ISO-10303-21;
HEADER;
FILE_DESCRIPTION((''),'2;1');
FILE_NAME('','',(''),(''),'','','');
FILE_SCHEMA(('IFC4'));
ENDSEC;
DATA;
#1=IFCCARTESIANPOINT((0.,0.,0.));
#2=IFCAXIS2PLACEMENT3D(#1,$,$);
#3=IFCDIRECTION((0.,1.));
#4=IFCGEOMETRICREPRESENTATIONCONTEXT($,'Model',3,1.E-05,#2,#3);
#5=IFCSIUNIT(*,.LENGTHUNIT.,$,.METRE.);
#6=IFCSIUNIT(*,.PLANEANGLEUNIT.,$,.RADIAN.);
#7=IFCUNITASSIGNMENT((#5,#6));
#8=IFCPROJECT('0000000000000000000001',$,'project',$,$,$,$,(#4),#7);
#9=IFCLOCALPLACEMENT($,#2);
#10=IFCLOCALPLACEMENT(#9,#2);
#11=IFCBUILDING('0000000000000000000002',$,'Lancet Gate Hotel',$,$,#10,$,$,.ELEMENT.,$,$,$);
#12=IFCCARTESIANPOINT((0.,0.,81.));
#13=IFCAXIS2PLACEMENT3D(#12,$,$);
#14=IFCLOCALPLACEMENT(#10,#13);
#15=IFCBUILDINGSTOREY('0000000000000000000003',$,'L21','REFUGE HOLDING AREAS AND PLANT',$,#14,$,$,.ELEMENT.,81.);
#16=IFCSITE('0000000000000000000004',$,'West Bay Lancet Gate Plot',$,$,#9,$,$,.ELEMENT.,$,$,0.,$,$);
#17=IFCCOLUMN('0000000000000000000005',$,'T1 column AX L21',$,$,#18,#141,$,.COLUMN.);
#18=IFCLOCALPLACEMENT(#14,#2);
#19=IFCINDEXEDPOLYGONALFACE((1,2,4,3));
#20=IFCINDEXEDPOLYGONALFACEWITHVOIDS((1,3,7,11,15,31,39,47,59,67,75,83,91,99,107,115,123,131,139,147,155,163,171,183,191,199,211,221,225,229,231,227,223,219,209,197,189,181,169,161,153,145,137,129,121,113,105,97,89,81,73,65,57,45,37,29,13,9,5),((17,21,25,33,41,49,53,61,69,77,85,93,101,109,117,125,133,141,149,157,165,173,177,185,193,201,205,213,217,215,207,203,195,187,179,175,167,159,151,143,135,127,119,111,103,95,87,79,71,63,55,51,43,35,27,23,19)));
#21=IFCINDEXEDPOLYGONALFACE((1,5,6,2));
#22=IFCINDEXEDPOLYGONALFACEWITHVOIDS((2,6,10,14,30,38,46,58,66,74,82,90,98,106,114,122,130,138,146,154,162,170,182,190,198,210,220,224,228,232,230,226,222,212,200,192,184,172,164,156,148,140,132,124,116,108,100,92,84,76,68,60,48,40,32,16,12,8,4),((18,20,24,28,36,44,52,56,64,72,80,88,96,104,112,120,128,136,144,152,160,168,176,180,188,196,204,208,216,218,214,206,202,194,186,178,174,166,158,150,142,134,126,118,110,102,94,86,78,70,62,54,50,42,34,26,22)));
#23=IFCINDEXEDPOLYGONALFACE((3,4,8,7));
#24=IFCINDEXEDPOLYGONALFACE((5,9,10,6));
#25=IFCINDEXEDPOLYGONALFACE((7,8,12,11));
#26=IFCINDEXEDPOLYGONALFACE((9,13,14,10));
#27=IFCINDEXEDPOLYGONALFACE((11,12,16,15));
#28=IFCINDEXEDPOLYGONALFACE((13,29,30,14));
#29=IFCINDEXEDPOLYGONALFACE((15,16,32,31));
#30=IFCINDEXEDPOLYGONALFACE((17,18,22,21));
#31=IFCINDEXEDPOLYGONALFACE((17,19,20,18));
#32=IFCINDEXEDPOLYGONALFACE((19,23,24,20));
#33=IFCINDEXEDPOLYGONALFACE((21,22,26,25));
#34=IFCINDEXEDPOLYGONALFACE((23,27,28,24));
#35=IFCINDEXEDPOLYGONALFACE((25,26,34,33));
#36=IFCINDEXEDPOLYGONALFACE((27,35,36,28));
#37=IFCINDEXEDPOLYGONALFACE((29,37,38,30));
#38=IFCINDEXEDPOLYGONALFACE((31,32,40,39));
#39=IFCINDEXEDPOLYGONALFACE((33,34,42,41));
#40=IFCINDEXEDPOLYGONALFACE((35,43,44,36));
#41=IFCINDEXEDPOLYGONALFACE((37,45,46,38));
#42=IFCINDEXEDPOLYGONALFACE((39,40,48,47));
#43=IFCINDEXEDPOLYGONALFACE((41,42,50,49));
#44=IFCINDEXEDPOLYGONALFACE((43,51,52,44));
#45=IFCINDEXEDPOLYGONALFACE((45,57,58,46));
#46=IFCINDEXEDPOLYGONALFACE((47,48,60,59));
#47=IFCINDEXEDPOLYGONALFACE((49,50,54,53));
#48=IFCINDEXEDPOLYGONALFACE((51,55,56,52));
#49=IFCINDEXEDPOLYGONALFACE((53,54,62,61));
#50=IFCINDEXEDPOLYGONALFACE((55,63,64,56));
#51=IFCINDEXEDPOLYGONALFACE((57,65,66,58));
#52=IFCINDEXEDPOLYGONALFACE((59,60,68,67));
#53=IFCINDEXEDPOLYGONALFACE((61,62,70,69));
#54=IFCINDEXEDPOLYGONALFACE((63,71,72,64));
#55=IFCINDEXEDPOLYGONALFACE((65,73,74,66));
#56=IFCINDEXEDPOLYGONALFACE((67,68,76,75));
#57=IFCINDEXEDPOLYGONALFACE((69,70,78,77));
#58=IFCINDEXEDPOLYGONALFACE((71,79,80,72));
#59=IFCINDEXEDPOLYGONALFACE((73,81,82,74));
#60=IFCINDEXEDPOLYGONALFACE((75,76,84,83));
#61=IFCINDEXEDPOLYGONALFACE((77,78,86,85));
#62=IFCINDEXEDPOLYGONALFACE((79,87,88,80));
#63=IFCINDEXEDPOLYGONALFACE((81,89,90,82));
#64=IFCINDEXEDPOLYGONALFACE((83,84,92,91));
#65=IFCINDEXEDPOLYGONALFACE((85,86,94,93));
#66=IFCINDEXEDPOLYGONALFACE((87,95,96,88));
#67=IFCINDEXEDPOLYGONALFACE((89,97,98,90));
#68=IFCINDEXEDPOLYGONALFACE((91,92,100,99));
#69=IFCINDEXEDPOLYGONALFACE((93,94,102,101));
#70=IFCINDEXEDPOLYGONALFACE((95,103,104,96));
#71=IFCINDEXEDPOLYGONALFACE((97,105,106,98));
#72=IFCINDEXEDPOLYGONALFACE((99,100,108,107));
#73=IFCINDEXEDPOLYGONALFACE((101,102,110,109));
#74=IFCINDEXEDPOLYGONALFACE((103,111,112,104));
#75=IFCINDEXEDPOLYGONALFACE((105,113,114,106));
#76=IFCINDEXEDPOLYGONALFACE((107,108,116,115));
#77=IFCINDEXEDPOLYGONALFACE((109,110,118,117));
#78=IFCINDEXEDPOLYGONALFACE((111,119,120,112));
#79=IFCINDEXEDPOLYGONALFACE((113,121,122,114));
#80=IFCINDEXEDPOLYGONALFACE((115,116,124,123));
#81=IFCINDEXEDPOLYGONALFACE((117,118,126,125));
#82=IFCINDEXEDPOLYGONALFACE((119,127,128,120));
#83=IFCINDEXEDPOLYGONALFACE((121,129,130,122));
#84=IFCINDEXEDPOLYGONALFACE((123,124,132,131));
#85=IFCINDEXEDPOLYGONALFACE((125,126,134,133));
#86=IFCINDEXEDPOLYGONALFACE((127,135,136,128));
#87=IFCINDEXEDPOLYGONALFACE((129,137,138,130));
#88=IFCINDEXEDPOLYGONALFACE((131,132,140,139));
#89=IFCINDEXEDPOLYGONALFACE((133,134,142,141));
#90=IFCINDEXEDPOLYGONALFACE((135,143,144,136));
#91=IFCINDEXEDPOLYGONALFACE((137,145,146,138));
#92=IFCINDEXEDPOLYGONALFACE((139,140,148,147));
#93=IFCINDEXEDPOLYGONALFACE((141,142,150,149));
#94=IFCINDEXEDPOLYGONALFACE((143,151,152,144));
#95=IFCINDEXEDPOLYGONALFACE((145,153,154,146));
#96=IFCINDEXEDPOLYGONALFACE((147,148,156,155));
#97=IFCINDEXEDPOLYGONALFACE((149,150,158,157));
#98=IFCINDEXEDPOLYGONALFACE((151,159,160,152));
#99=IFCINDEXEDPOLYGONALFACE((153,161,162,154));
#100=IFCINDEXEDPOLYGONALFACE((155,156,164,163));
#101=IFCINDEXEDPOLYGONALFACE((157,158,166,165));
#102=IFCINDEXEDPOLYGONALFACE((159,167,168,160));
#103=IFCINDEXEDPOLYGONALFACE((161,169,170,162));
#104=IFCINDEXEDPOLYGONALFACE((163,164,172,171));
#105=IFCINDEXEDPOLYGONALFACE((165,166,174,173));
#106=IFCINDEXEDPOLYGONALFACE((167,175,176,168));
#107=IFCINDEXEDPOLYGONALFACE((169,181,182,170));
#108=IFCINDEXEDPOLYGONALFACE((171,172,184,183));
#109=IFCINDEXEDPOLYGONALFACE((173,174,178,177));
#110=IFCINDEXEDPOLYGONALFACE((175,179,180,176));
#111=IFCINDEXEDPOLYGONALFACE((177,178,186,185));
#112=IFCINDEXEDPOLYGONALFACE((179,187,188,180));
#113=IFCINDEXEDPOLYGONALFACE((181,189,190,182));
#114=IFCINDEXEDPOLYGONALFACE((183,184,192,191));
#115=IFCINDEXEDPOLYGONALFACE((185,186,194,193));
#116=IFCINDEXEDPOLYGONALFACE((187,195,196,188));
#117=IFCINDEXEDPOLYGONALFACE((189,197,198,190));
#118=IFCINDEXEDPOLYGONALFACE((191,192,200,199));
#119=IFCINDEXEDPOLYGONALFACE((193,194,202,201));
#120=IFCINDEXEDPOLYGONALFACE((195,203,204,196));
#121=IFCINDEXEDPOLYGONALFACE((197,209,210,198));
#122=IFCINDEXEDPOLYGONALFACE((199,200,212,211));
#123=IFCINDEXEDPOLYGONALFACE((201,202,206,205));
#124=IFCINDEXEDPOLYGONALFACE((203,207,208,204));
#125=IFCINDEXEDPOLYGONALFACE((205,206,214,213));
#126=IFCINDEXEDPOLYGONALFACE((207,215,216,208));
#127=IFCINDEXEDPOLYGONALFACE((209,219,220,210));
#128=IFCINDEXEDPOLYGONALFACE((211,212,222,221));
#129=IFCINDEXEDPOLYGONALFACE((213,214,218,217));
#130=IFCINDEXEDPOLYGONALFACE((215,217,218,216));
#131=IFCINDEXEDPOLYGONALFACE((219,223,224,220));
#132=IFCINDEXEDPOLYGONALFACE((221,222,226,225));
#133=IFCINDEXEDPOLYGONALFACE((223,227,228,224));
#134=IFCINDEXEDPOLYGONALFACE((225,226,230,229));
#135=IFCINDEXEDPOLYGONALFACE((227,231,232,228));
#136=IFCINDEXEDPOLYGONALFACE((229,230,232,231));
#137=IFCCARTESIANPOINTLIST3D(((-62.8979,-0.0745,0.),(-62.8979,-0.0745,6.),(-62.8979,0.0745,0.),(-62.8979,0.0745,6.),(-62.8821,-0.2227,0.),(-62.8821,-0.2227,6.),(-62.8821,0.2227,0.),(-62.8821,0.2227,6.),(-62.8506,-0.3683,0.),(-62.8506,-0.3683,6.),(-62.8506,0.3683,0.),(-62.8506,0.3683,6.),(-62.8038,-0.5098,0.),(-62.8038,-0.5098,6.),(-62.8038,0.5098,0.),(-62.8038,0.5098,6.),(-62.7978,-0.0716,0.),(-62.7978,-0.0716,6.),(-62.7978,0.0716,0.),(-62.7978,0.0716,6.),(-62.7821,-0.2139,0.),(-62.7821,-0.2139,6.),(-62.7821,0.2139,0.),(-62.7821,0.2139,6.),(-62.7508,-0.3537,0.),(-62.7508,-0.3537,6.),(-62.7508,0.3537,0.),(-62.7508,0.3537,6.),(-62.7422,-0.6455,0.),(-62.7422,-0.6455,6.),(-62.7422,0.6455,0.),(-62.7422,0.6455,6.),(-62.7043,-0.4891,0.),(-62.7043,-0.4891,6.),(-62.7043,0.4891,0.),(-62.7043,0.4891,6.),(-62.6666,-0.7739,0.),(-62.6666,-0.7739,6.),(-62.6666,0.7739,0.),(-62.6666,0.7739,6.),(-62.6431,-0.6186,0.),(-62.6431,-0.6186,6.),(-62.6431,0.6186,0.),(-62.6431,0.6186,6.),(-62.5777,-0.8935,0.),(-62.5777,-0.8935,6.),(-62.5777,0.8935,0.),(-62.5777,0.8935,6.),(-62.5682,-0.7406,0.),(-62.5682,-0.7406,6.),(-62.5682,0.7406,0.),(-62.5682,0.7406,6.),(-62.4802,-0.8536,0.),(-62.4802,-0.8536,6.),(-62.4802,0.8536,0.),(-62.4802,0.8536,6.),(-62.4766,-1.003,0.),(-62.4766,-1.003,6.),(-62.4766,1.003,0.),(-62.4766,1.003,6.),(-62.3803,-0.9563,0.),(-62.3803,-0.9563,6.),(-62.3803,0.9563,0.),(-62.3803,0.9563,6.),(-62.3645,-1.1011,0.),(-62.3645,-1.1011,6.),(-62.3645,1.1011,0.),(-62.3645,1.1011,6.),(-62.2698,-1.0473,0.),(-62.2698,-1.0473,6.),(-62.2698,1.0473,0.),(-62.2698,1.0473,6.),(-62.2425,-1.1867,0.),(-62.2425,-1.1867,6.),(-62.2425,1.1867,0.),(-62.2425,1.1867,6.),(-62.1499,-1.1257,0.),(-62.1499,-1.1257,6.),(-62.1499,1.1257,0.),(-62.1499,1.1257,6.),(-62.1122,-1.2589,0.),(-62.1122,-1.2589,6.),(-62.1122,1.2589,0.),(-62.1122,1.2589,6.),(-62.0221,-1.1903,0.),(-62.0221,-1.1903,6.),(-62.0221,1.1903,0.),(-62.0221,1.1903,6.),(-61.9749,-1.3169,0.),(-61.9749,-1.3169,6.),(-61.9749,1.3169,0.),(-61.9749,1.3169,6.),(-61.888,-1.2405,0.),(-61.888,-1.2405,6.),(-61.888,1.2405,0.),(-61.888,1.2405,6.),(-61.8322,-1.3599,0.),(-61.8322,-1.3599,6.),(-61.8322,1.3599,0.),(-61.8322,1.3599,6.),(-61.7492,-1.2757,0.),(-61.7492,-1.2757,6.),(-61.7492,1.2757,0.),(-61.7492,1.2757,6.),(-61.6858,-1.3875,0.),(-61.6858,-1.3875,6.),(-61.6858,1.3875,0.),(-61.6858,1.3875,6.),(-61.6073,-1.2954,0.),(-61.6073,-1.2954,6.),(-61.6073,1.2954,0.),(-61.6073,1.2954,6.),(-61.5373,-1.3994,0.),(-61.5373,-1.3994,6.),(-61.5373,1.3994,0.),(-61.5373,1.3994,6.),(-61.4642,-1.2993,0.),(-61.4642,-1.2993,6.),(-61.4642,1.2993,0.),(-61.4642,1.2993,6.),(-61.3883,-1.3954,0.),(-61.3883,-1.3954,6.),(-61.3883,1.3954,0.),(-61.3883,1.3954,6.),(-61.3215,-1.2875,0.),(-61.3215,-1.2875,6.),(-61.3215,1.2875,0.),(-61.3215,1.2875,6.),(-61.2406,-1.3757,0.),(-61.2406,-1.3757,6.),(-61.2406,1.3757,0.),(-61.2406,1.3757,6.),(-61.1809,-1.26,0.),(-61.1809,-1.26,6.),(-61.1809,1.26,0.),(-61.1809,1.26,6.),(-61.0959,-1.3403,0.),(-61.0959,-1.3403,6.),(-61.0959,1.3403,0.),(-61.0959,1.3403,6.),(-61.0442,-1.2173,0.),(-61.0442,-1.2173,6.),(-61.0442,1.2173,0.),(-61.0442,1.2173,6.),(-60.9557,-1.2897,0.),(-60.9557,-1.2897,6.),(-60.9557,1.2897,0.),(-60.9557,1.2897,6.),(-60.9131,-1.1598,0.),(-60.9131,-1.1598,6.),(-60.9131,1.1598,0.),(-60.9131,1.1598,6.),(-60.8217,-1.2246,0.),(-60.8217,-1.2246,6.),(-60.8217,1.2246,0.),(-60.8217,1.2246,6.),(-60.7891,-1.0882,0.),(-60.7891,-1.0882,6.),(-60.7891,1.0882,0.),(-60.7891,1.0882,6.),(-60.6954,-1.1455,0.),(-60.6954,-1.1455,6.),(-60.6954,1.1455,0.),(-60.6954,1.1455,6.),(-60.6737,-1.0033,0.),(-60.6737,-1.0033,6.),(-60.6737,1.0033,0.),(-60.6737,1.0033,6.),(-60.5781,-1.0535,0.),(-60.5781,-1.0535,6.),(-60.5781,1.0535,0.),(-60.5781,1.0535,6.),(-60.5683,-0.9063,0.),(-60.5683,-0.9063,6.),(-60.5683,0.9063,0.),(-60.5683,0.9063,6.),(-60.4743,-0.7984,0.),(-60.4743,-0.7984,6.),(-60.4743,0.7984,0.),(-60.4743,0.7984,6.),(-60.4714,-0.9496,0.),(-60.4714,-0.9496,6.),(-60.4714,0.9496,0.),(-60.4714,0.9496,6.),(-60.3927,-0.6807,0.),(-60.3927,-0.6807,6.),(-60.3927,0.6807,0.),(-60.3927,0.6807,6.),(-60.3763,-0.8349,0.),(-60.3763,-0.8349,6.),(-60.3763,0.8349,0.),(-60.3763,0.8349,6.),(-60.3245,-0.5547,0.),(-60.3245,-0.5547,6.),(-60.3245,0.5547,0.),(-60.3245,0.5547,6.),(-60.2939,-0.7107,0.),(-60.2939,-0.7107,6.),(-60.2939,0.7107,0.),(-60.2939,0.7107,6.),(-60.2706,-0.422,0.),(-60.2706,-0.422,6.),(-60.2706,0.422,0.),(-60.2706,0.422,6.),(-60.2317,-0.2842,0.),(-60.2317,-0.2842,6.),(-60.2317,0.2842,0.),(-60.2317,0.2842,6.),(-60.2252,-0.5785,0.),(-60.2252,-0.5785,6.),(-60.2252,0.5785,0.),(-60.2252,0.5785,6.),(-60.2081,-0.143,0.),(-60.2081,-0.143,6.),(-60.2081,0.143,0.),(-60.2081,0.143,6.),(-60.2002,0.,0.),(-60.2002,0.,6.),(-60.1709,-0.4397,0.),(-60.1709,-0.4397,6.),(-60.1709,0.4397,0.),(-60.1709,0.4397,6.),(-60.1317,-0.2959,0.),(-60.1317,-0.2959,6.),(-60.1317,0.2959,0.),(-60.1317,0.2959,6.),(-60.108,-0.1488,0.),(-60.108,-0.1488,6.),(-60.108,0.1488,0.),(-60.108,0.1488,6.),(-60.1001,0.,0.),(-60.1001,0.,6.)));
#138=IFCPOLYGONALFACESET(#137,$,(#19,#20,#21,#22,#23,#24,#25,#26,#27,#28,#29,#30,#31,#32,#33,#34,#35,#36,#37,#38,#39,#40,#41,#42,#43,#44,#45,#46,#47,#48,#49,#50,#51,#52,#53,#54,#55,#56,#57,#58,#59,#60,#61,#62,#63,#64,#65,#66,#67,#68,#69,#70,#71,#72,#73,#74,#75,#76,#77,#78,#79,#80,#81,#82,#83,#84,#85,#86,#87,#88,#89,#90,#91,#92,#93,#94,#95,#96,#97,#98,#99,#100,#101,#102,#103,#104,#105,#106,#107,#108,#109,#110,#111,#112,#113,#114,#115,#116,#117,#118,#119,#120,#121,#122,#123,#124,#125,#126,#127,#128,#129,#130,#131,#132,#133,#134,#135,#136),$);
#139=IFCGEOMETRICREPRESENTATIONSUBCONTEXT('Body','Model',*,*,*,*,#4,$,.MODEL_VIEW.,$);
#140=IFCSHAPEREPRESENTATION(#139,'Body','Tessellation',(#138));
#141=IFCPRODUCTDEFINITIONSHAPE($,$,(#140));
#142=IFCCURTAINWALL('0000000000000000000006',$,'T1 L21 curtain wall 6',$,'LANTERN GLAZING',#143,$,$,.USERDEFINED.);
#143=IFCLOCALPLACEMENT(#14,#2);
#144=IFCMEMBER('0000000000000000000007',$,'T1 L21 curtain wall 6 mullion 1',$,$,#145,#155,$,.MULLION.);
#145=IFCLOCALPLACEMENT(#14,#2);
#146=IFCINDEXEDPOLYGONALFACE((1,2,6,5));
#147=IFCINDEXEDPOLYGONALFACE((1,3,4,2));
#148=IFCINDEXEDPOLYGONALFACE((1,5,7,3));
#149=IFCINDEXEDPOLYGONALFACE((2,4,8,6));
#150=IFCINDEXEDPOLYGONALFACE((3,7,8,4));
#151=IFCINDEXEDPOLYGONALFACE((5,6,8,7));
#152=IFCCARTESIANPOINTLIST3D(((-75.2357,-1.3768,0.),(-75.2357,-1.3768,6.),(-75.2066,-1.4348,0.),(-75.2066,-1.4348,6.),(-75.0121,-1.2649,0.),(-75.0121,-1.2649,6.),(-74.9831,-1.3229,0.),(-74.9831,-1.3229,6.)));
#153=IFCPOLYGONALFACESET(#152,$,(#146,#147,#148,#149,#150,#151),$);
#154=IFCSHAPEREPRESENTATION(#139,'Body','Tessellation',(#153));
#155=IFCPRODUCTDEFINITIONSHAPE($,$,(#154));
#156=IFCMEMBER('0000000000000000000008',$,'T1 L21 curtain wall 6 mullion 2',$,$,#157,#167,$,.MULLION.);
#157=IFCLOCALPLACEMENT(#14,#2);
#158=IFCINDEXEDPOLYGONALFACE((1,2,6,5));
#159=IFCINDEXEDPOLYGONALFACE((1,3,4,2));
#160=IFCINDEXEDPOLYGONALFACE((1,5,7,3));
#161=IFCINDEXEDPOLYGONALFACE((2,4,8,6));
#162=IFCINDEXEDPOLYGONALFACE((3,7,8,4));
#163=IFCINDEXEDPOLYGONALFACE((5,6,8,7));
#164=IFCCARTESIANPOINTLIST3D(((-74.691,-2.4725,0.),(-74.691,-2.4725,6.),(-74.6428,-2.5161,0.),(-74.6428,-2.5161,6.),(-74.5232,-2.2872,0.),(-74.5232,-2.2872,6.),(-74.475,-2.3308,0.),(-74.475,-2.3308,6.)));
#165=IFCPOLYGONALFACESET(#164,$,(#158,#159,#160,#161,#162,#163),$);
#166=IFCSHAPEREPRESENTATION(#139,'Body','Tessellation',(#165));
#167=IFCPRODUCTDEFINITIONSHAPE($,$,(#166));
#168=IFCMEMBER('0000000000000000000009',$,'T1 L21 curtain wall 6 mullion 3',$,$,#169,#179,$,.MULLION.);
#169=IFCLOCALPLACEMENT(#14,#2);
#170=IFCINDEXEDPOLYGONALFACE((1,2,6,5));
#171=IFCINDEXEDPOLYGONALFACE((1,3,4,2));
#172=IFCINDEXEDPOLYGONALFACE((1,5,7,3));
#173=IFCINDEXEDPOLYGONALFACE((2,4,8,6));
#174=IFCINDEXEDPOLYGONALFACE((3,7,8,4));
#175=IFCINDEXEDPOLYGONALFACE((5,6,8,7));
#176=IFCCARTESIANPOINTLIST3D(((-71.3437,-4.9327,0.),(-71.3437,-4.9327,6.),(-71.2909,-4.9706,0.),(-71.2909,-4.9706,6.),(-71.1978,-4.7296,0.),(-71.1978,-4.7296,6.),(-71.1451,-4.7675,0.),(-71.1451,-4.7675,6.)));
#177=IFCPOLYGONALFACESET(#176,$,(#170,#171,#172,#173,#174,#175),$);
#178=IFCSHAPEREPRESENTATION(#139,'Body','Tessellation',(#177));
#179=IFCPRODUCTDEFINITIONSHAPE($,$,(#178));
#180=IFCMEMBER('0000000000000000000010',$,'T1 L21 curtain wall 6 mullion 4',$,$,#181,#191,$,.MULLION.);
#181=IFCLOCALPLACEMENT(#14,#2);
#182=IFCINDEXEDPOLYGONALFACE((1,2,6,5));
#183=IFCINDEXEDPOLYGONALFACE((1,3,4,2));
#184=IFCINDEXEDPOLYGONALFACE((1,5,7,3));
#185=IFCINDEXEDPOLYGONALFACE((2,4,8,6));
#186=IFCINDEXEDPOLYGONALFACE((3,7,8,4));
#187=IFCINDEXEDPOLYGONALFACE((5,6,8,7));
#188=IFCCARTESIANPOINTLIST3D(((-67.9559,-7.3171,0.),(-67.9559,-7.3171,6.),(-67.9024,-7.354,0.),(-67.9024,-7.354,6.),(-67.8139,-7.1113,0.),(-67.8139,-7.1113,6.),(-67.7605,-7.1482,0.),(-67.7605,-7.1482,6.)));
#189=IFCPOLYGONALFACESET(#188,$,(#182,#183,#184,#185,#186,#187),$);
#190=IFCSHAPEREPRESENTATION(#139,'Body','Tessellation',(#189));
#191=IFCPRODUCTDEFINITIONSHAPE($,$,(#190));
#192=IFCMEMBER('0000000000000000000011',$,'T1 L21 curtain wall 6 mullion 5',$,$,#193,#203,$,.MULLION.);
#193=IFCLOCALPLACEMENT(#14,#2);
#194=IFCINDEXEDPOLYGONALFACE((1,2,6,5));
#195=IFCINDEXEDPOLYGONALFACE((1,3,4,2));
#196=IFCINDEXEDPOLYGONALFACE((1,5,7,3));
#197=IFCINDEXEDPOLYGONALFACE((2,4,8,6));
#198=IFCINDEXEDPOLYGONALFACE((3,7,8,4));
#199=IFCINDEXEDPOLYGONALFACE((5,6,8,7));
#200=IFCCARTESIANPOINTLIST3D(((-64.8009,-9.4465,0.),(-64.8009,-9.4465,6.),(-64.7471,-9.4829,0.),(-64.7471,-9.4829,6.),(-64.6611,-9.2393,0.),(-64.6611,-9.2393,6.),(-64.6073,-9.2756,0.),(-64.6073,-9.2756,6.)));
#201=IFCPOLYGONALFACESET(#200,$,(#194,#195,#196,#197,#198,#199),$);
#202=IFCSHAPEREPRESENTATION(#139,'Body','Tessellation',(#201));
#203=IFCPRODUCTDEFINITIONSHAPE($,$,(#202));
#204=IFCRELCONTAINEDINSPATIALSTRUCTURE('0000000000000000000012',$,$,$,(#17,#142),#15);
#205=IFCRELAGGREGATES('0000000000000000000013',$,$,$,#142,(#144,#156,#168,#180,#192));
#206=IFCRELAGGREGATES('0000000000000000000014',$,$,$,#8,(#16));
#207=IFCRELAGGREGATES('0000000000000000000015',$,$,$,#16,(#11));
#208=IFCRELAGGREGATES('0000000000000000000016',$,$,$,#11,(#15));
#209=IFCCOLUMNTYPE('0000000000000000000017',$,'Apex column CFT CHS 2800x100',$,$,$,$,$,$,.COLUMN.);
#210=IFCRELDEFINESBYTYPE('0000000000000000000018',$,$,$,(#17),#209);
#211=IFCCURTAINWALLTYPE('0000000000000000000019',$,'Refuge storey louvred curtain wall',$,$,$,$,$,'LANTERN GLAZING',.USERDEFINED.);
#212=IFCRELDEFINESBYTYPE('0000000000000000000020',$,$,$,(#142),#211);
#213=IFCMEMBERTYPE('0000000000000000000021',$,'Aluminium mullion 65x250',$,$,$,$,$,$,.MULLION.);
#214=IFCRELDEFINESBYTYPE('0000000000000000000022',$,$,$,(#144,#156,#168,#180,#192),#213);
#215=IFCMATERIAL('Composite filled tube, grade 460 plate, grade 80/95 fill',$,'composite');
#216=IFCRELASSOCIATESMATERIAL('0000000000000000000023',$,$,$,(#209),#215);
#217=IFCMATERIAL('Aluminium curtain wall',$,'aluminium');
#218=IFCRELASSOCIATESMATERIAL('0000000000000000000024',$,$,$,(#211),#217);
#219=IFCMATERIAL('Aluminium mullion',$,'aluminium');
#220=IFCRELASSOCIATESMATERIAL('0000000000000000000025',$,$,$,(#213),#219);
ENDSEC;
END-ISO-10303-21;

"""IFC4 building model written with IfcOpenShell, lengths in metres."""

from ifc_helpers import new_model, si_unit, direction, frame, origin, origin_2d, place, context, subcontext, project, spatial, rectangle, hollow_circle, extrude, material, material_profile, profile_set, type_object, element, aggregate, save


model = new_model("IFC4")

# Units and contexts
model_context = context("Model", 3, precision=1e-05, world=origin(), true_north=direction((0.0, 1.0)))
body_context = subcontext(model_context, "Body", "Model", "MODEL_VIEW")
ifc_project = project(units=[si_unit("LENGTHUNIT", "METRE"), si_unit("PLANEANGLEUNIT", "RADIAN")], contexts=[model_context])

# Site, building, storey
site_placement = place(None, origin())
site = spatial("IfcSite", under=ifc_project, at=site_placement, Name="West Bay Lancet Gate Plot", CompositionType="ELEMENT", RefElevation=0.0)
building_placement = place(site_placement, origin())
building = spatial("IfcBuilding", under=site, at=building_placement, Name="Lancet Gate Hotel", CompositionType="ELEMENT")
storey_placement = place(building_placement, frame((0.0, 0.0, 81.0)))
storey = spatial("IfcBuildingStorey", under=building, at=storey_placement, Name="L21", Description="REFUGE HOLDING AREAS AND PLANT", CompositionType="ELEMENT", Elevation=81.0)

# Column
ifc_material_1 = material(Name="Composite filled tube, grade 460 plate, grade 80/95 fill", Category="composite")
ifc_material_profile_1 = material_profile(ifc_material_1, hollow_circle(Radius=1.3999, WallThickness=0.1001, at=origin_2d()), Name="CHS 2800x100")
ifc_profile_set_1 = profile_set([ifc_material_profile_1], Name="Composite filled tube, grade 460 plate, grade 80/95 fill")
column_type = type_object("IfcColumnType", Name="Apex column CFT CHS 2800x100", PredefinedType="COLUMN", material=ifc_profile_set_1)
column_placement = place(storey_placement, frame((-61.5, 0.0, 0.0), z_axis=(0.0, 0.0, 1.0), x_axis=(1.0, 0.0, 0.0)))
element("IfcColumn", 1, at=column_placement, inside=storey, type_object=column_type, Name="T1 column AX L21", PredefinedType="COLUMN", context=body_context, shape_type="SweptSolid", body=[
    extrude(hollow_circle(Radius=1.3999, WallThickness=0.1001, at=origin_2d()), origin(), (0.0, 0.0, 1.0), 6.0),
])

# Curtain wall, members
ifc_material_2 = material(Name="Aluminium curtain wall", Category="aluminium")
curtain_wall_type = type_object("IfcCurtainWallType", Name="Refuge storey louvred curtain wall", ElementType="LANTERN GLAZING", PredefinedType="USERDEFINED", material=ifc_material_2)
curtain_wall_1_placement = place(storey_placement, origin())
curtain_wall_1 = element("IfcCurtainWall", 2, at=curtain_wall_1_placement, inside=storey, type_object=curtain_wall_type, Name="T1 L21 curtain wall 6", ObjectType="LANTERN GLAZING", PredefinedType="USERDEFINED")
ifc_material_3 = material(Name="Aluminium mullion", Category="aluminium")
ifc_material_profile_2 = material_profile(ifc_material_3, rectangle(XDim=0.0649, YDim=0.25, at=origin_2d()), Name="MULLION 65x250")
ifc_profile_set_2 = profile_set([ifc_material_profile_2], Name="Aluminium mullion")
member_type_1 = type_object("IfcMemberType", Name="Aluminium mullion 65x250", PredefinedType="MULLION", material=ifc_profile_set_2)
member_1_placement = place(storey_placement, frame((-75.1094, -1.3499, 0.0), z_axis=(0.0, 0.0, 1.0), x_axis=(0.447628, -0.89422, 0.0)))
member_1 = element("IfcMember", 3, at=member_1_placement, type_object=member_type_1, Name="T1 L21 curtain wall 6 mullion 1", PredefinedType="MULLION", context=body_context, shape_type="SweptSolid", body=[
    extrude(rectangle(XDim=0.0649, YDim=0.25, at=origin_2d()), origin(), (0.0, 0.0, 1.0), 6.0),
])
member_2_placement = place(storey_placement, frame((-74.583, -2.4016, 0.0), z_axis=(0.0, 0.0, 1.0), x_axis=(0.741232, -0.671249, 0.0)))
member_2 = element("IfcMember", 4, at=member_2_placement, type_object=member_type_1, Name="T1 L21 curtain wall 6 mullion 2", PredefinedType="MULLION", context=body_context, shape_type="SweptSolid", body=[
    extrude(rectangle(XDim=0.0649, YDim=0.25, at=origin_2d()), origin(), (0.0, 0.0, 1.0), 6.0),
])
member_3_placement = place(storey_placement, frame((-71.2444, -4.8501, 0.0), z_axis=(0.0, 0.0, 1.0), x_axis=(0.812147, -0.583453, 0.0)))
member_3 = element("IfcMember", 5, at=member_3_placement, type_object=member_type_1, Name="T1 L21 curtain wall 6 mullion 3", PredefinedType="MULLION", context=body_context, shape_type="SweptSolid", body=[
    extrude(rectangle(XDim=0.0649, YDim=0.25, at=origin_2d()), origin(), (0.0, 0.0, 1.0), 6.0),
])
member_4_placement = place(storey_placement, frame((-67.8582, -7.2327, 0.0), z_axis=(0.0, 0.0, 1.0), x_axis=(0.823191, -0.567765, 0.0)))
member_4 = element("IfcMember", 6, at=member_4_placement, type_object=member_type_1, Name="T1 L21 curtain wall 6 mullion 4", PredefinedType="MULLION", context=body_context, shape_type="SweptSolid", body=[
    extrude(rectangle(XDim=0.0649, YDim=0.25, at=origin_2d()), origin(), (0.0, 0.0, 1.0), 6.0),
])
member_5_placement = place(storey_placement, frame((-64.7041, -9.3611, 0.0), z_axis=(0.0, 0.0, 1.0), x_axis=(0.828946, -0.559329, 0.0)))
member_5 = element("IfcMember", 7, at=member_5_placement, type_object=member_type_1, Name="T1 L21 curtain wall 6 mullion 5", PredefinedType="MULLION", context=body_context, shape_type="SweptSolid", body=[
    extrude(rectangle(XDim=0.0649, YDim=0.25, at=origin_2d()), origin(), (0.0, 0.0, 1.0), 6.0),
])

aggregate(curtain_wall_1, [member_1, member_2, member_3, member_4, member_5])

save(model, "model.ifc")
